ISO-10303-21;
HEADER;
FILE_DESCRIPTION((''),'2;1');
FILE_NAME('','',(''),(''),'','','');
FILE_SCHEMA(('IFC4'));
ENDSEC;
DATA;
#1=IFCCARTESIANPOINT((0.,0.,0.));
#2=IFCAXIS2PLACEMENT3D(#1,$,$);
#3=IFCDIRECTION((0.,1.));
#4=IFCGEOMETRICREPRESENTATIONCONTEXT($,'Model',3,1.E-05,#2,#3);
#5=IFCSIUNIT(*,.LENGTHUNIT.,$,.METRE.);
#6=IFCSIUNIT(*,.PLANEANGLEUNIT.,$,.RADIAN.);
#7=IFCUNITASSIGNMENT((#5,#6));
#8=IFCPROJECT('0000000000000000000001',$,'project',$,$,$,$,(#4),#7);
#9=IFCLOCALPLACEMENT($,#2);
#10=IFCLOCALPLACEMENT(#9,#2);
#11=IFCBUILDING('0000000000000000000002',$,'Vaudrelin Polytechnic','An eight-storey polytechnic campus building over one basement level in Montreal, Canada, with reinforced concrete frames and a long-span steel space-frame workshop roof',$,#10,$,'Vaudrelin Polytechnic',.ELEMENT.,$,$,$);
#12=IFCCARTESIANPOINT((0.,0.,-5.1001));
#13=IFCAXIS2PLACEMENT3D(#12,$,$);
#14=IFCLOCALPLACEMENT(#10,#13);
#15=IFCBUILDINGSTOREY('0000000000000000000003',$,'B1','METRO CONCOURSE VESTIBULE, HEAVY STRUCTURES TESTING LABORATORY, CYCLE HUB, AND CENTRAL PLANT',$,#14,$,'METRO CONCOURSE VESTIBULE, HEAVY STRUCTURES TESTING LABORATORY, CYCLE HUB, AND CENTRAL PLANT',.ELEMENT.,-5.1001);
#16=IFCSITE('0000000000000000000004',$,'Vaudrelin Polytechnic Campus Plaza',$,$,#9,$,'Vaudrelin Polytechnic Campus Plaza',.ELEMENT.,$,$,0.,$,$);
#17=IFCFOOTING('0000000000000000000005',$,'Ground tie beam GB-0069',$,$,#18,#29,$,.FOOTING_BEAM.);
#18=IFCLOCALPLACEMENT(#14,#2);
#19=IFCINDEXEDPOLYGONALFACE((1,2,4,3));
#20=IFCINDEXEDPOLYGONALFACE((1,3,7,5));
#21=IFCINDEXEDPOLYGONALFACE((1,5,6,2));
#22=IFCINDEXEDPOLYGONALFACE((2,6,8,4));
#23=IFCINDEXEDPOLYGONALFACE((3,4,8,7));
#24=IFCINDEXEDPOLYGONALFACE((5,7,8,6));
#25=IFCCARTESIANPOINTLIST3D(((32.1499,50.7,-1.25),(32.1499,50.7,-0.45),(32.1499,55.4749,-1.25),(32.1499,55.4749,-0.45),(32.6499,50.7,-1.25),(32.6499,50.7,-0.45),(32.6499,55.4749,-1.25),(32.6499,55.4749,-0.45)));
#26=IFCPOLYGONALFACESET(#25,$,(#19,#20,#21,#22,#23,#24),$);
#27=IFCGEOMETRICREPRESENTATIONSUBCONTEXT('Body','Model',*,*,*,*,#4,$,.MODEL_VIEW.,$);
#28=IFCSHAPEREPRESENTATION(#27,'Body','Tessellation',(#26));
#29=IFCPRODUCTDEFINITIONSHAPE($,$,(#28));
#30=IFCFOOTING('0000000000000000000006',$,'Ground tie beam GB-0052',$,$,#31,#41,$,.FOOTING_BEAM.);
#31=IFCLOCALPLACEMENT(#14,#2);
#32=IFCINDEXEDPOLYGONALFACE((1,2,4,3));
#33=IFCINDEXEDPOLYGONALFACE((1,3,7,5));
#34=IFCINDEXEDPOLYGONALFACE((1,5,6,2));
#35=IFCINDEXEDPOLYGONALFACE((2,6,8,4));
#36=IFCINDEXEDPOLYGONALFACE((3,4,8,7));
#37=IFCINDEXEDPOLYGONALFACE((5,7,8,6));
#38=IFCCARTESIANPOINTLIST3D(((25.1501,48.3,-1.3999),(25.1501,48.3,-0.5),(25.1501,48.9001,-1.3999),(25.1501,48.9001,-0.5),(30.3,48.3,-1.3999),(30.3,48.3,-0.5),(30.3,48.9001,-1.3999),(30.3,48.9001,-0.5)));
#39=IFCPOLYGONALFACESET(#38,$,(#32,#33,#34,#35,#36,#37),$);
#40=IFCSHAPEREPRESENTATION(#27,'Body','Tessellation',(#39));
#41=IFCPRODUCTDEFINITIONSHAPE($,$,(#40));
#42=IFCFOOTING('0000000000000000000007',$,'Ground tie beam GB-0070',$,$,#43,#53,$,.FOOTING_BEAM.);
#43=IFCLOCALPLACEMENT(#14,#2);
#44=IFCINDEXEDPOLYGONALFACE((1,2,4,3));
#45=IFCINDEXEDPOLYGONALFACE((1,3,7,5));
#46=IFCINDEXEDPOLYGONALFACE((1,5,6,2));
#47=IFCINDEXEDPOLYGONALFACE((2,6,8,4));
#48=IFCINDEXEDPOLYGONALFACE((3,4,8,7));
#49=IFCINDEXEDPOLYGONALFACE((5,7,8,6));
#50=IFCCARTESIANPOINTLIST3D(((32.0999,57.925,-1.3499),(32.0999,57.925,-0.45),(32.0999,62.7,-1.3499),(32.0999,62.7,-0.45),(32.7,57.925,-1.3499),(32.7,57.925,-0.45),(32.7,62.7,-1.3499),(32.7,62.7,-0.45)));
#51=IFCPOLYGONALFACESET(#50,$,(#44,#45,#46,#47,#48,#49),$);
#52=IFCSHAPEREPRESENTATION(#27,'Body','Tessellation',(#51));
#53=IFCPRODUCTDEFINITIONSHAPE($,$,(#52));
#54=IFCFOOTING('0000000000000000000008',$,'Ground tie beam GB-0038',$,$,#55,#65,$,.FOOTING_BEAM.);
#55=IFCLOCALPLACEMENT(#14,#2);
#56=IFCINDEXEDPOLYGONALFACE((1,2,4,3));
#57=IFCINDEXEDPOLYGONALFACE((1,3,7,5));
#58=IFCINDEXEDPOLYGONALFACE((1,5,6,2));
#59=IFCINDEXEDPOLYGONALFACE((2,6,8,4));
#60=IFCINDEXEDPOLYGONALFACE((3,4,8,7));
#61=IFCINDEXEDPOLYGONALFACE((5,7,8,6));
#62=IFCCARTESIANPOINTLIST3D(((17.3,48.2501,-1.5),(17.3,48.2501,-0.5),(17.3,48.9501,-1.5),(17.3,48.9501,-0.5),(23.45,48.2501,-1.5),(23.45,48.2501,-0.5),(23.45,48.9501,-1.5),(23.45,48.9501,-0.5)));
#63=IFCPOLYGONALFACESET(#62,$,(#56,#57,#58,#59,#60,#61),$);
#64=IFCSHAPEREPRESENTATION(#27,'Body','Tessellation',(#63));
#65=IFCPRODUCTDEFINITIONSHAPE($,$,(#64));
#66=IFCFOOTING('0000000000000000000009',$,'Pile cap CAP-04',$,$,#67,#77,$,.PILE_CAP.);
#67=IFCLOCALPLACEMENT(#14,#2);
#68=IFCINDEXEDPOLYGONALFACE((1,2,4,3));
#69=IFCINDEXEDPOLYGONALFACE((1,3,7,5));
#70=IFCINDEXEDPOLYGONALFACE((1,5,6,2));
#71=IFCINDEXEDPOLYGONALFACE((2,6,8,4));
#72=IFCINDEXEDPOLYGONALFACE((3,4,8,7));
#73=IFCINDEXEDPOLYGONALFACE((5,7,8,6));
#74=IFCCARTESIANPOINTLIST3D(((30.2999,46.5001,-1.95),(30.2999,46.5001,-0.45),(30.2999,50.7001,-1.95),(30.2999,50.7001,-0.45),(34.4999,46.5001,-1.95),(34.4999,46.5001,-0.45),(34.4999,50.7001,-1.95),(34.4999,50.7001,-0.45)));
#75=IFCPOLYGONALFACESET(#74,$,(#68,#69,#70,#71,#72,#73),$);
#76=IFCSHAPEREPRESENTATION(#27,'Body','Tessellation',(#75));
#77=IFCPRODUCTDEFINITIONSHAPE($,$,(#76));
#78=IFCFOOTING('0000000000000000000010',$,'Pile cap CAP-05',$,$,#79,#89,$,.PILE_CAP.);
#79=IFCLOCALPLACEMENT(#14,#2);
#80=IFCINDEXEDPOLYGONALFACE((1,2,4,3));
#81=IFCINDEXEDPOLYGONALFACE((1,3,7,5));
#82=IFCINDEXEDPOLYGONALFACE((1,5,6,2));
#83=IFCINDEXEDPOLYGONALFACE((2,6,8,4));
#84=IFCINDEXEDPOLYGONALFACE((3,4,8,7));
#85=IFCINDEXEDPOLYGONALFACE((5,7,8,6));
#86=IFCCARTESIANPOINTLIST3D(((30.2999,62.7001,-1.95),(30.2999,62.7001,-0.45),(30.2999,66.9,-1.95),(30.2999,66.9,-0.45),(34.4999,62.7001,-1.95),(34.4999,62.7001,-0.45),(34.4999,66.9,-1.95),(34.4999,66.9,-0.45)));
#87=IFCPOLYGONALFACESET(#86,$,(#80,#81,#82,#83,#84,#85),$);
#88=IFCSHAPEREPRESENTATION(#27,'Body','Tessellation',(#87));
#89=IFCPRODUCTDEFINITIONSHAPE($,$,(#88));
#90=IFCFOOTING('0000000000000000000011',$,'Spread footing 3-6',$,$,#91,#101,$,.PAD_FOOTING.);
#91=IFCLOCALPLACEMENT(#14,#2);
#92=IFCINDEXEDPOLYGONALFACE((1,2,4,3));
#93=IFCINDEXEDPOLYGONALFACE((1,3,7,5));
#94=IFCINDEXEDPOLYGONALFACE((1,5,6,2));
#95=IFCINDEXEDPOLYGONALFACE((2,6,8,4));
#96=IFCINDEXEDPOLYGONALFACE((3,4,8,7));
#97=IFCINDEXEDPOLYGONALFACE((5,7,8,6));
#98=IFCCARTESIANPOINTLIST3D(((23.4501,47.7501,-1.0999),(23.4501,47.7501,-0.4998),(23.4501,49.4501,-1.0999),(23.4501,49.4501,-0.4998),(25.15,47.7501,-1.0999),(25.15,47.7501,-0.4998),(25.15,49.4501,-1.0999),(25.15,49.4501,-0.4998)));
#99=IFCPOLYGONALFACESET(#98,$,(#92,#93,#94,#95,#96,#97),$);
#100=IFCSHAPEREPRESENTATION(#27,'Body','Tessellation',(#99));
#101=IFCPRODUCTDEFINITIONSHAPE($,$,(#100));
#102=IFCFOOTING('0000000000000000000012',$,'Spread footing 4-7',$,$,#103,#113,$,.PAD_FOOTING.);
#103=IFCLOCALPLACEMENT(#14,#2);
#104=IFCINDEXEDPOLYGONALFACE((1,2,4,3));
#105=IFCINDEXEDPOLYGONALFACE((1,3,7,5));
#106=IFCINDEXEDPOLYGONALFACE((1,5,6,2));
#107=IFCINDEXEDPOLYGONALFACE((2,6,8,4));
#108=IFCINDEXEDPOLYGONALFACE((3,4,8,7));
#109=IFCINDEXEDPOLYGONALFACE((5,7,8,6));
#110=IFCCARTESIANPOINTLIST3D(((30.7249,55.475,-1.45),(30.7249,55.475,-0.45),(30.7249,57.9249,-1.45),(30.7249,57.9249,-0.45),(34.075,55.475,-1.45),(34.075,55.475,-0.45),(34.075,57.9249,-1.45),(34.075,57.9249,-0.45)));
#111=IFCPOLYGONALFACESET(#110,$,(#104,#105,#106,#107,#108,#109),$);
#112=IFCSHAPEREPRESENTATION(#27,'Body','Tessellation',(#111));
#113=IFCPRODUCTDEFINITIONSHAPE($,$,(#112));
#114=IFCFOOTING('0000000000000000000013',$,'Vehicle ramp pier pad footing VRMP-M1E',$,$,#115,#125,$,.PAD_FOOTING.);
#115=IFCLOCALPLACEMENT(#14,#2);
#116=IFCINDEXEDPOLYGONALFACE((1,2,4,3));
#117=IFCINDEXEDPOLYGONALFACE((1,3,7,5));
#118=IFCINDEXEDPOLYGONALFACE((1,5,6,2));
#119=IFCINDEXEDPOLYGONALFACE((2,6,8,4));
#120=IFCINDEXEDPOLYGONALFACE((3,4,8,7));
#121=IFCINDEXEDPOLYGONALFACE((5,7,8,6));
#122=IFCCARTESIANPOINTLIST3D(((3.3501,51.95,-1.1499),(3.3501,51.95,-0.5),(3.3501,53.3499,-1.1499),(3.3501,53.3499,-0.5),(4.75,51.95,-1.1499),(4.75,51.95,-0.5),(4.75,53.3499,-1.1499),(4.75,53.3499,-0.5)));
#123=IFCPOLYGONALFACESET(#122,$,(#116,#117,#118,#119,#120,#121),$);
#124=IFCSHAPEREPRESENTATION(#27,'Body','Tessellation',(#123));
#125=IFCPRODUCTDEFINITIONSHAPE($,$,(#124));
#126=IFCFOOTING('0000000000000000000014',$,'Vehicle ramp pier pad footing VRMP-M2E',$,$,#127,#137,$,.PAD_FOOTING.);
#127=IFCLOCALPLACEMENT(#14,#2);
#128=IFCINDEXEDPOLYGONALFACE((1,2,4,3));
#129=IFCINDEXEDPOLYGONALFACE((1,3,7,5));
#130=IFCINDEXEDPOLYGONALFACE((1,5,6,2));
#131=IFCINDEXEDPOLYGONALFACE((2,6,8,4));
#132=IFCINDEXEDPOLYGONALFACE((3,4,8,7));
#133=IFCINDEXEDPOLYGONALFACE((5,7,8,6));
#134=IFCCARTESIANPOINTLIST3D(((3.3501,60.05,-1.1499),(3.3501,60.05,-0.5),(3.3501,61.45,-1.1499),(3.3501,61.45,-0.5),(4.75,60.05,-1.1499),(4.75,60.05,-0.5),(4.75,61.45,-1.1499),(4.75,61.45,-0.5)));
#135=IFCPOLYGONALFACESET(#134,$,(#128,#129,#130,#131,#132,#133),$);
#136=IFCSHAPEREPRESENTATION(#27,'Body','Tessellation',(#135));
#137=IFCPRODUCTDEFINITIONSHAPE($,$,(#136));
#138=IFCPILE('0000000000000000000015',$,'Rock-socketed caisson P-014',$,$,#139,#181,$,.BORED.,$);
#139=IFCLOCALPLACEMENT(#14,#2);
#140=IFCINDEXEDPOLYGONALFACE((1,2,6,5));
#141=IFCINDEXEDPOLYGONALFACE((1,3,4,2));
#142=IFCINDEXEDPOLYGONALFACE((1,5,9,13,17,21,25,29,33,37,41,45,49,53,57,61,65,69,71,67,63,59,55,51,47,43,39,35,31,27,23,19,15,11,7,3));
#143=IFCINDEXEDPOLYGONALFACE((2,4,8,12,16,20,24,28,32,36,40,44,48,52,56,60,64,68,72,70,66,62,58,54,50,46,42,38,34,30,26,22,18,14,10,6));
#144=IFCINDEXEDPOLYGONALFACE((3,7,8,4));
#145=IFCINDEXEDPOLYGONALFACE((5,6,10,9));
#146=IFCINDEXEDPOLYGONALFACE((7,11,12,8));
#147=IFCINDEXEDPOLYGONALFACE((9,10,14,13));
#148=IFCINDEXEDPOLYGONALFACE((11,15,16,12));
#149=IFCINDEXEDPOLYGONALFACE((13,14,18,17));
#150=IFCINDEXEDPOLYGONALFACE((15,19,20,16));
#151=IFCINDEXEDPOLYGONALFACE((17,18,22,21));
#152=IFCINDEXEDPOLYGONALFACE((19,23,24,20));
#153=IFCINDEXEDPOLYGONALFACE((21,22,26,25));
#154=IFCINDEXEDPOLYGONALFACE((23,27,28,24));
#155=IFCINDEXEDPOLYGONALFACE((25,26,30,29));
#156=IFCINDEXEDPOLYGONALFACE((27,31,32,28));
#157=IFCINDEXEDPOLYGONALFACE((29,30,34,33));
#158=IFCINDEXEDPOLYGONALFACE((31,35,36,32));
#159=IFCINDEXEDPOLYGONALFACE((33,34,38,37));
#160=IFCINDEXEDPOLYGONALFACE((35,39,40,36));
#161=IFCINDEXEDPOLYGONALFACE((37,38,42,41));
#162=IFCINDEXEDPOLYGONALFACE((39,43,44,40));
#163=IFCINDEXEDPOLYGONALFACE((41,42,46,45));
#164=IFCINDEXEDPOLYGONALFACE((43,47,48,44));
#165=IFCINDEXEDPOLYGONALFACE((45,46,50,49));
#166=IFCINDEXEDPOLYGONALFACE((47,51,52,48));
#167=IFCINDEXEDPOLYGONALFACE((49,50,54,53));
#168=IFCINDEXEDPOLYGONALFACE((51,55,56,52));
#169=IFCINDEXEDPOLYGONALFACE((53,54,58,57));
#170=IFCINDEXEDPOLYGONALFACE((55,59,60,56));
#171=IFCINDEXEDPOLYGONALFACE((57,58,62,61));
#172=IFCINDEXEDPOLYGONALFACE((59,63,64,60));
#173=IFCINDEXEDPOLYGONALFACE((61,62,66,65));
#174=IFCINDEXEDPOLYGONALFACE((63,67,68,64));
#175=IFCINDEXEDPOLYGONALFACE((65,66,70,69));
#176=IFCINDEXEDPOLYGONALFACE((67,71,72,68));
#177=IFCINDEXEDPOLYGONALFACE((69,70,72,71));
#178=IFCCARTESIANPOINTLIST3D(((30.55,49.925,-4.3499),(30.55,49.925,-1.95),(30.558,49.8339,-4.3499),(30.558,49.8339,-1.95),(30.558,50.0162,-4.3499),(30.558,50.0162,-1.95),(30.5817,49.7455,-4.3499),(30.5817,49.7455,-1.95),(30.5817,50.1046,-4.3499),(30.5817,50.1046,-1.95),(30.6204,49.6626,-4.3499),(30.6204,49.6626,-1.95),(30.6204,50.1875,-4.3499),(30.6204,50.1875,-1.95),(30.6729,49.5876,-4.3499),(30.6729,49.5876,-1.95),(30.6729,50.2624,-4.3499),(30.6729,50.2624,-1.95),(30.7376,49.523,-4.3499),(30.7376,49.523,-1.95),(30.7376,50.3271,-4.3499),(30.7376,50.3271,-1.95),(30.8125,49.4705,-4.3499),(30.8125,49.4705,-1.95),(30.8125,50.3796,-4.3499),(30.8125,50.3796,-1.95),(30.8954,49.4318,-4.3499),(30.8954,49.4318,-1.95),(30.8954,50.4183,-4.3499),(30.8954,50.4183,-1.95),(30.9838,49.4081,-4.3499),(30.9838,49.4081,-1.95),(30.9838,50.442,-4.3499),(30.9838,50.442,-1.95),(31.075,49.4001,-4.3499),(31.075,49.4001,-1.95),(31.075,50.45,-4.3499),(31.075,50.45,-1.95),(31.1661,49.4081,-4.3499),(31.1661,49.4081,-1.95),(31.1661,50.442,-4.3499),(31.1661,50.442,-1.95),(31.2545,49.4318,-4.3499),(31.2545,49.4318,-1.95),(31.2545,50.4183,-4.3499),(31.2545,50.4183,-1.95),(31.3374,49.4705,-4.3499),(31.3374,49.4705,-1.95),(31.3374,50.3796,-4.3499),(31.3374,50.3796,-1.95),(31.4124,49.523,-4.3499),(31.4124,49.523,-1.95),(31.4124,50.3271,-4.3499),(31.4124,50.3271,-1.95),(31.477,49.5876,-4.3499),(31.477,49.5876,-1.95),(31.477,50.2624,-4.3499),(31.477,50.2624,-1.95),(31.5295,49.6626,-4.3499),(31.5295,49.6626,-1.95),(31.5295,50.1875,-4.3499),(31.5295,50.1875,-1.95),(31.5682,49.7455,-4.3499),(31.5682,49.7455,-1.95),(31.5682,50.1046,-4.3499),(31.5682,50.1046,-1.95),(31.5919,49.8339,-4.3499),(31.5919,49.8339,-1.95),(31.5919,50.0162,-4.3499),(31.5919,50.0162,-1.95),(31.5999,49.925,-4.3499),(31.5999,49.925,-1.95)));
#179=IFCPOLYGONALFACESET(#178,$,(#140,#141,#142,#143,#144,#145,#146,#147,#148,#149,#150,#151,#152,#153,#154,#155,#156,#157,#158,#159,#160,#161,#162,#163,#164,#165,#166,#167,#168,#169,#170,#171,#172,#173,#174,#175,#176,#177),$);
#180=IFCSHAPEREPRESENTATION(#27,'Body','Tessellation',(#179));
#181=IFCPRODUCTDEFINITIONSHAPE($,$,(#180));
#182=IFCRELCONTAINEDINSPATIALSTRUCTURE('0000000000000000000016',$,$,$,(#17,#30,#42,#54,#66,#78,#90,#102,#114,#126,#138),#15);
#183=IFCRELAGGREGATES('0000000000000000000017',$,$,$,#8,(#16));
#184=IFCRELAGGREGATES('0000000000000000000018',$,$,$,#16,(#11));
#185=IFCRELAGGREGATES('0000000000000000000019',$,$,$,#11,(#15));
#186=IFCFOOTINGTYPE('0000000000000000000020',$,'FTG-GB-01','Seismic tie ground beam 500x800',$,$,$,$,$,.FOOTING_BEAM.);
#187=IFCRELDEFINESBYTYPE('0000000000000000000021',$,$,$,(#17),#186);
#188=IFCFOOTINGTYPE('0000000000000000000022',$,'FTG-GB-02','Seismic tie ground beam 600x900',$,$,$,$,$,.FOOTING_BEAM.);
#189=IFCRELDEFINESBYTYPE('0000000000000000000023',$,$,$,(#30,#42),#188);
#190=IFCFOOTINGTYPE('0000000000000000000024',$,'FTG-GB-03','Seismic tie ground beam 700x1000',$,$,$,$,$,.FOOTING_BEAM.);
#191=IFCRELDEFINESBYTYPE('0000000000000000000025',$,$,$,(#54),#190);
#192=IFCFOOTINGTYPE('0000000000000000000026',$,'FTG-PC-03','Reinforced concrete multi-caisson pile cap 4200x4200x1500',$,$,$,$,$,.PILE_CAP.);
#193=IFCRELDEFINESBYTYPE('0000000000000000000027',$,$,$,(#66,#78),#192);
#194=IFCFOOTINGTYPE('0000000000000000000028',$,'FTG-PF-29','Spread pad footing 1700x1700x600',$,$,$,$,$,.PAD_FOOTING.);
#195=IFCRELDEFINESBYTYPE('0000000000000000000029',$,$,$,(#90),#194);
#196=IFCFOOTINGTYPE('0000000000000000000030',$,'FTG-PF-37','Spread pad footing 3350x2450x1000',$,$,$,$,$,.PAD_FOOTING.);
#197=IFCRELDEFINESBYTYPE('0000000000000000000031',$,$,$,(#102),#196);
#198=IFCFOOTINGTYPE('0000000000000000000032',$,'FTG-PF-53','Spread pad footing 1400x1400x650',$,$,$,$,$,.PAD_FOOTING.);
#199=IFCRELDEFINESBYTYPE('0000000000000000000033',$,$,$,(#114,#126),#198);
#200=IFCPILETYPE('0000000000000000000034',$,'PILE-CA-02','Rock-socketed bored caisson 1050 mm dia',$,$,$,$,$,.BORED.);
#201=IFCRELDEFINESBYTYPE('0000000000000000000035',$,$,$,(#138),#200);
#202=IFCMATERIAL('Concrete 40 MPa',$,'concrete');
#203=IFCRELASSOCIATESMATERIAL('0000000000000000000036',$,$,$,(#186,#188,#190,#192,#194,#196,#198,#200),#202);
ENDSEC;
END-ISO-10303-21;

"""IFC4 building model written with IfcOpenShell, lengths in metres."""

from ifc_helpers import new_model, si_unit, direction, frame, origin, origin_2d, place, context, subcontext, project, spatial, rectangle, circle, extrude, material, material_profile, profile_set, type_object, element, save


model = new_model("IFC4")

# Units and contexts
model_context = context("Model", 3, precision=1e-05, world=origin(), true_north=direction((0.0, 1.0)))
body_context = subcontext(model_context, "Body", "Model", "MODEL_VIEW")
ifc_project = project(units=[si_unit("LENGTHUNIT", "METRE"), si_unit("PLANEANGLEUNIT", "RADIAN")], contexts=[model_context])

# Site, building, storey
site_placement = place(None, origin())
site = spatial("IfcSite", under=ifc_project, at=site_placement, Name="Vaudrelin Polytechnic Campus Plaza", LongName="Vaudrelin Polytechnic Campus Plaza", CompositionType="ELEMENT", RefElevation=0.0)
building_placement = place(site_placement, origin())
building = spatial("IfcBuilding", under=site, at=building_placement, Name="Vaudrelin Polytechnic", Description="An eight-storey polytechnic campus building over one basement level in Montreal, Canada, with reinforced concrete frames and a long-span steel space-frame workshop roof", LongName="Vaudrelin Polytechnic", CompositionType="ELEMENT")
storey_placement = place(building_placement, frame((0.0, 0.0, -5.1001)))
storey = spatial("IfcBuildingStorey", under=building, at=storey_placement, Name="B1", Description="METRO CONCOURSE VESTIBULE, HEAVY STRUCTURES TESTING LABORATORY, CYCLE HUB, AND CENTRAL PLANT", LongName="METRO CONCOURSE VESTIBULE, HEAVY STRUCTURES TESTING LABORATORY, CYCLE HUB, AND CENTRAL PLANT", CompositionType="ELEMENT", Elevation=-5.1001)

# Footings
ifc_material_1 = material(Name="Concrete 40 MPa", Category="concrete")
footing_type_1 = type_object("IfcFootingType", Name="FTG-GB-01", Description="Seismic tie ground beam 500x800", PredefinedType="FOOTING_BEAM", material=ifc_material_1)
footing_1_placement = place(storey_placement, frame((32.3999, 53.0874, -1.25), z_axis=(0.0, 0.0, 1.0), x_axis=(1.0, 0.0, 0.0)))
element("IfcFooting", 1, at=footing_1_placement, inside=storey, type_object=footing_type_1, Name="Ground tie beam GB-0069", PredefinedType="FOOTING_BEAM", context=body_context, shape_type="SweptSolid", body=[
    extrude(rectangle(XDim=0.5, YDim=4.7749, at=origin_2d()), origin(), (0.0, 0.0, 1.0), 0.8),
])
footing_type_2 = type_object("IfcFootingType", Name="FTG-GB-02", Description="Seismic tie ground beam 600x900", PredefinedType="FOOTING_BEAM", material=ifc_material_1)
footing_2_placement = place(storey_placement, frame((27.7251, 48.6001, -1.3999), z_axis=(0.0, 0.0, 1.0), x_axis=(1.0, 0.0, 0.0)))
element("IfcFooting", 2, at=footing_2_placement, inside=storey, type_object=footing_type_2, Name="Ground tie beam GB-0052", PredefinedType="FOOTING_BEAM", context=body_context, shape_type="SweptSolid", body=[
    extrude(rectangle(XDim=5.1499, YDim=0.6001, at=origin_2d()), origin(), (0.0, 0.0, 1.0), 0.8999),
])
footing_3_placement = place(storey_placement, frame((32.3999, 60.3125, -1.3499), z_axis=(0.0, 0.0, 1.0), x_axis=(1.0, 0.0, 0.0)))
element("IfcFooting", 3, at=footing_3_placement, inside=storey, type_object=footing_type_2, Name="Ground tie beam GB-0070", PredefinedType="FOOTING_BEAM", context=body_context, shape_type="SweptSolid", body=[
    extrude(rectangle(XDim=0.6001, YDim=4.7749, at=origin_2d()), origin(), (0.0, 0.0, 1.0), 0.8999),
])
footing_type_3 = type_object("IfcFootingType", Name="FTG-GB-03", Description="Seismic tie ground beam 700x1000", PredefinedType="FOOTING_BEAM", material=ifc_material_1)
footing_4_placement = place(storey_placement, frame((20.375, 48.6001, -1.5), z_axis=(0.0, 0.0, 1.0), x_axis=(1.0, 0.0, 0.0)))
element("IfcFooting", 4, at=footing_4_placement, inside=storey, type_object=footing_type_3, Name="Ground tie beam GB-0038", PredefinedType="FOOTING_BEAM", context=body_context, shape_type="SweptSolid", body=[
    extrude(rectangle(XDim=6.1499, YDim=0.7, at=origin_2d()), origin(), (0.0, 0.0, 1.0), 1.0),
])
footing_type_4 = type_object("IfcFootingType", Name="FTG-PC-03", Description="Reinforced concrete multi-caisson pile cap 4200x4200x1500", PredefinedType="PILE_CAP", material=ifc_material_1)
for number, where, z_axis, x_axis, name in (
    (5, (32.3999, 48.6001, -1.95), (0.0, 0.0, 1.0), (1.0, 0.0, 0.0), "Pile cap CAP-04"),
    (6, (32.3999, 64.8, -1.95), (0.0, 0.0, 1.0), (1.0, 0.0, 0.0), "Pile cap CAP-05"),
):
    element("IfcFooting", number, at=place(storey_placement, frame(where, z_axis=z_axis, x_axis=x_axis)), inside=storey, type_object=footing_type_4, Name=name, PredefinedType="PILE_CAP", context=body_context, shape_type="SweptSolid", body=[
        extrude(rectangle(XDim=4.2, YDim=4.2, at=origin_2d()), origin(), (0.0, 0.0, 1.0), 1.5),
    ])
footing_type_5 = type_object("IfcFootingType", Name="FTG-PF-29", Description="Spread pad footing 1700x1700x600", PredefinedType="PAD_FOOTING", material=ifc_material_1)
footing_5_placement = place(storey_placement, frame((24.3, 48.6001, -1.0999), z_axis=(0.0, 0.0, 1.0), x_axis=(1.0, 0.0, 0.0)))
element("IfcFooting", 7, at=footing_5_placement, inside=storey, type_object=footing_type_5, Name="Spread footing 3-6", PredefinedType="PAD_FOOTING", context=body_context, shape_type="SweptSolid", body=[
    extrude(rectangle(XDim=1.7, YDim=1.7, at=origin_2d()), origin(), (0.0, 0.0, 1.0), 0.6001),
])
footing_type_6 = type_object("IfcFootingType", Name="FTG-PF-37", Description="Spread pad footing 3350x2450x1000", PredefinedType="PAD_FOOTING", material=ifc_material_1)
footing_6_placement = place(storey_placement, frame((32.3999, 56.7, -1.45), z_axis=(0.0, 0.0, 1.0), x_axis=(1.0, 0.0, 0.0)))
element("IfcFooting", 8, at=footing_6_placement, inside=storey, type_object=footing_type_6, Name="Spread footing 4-7", PredefinedType="PAD_FOOTING", context=body_context, shape_type="SweptSolid", body=[
    extrude(rectangle(XDim=3.3501, YDim=2.45, at=origin_2d()), origin(), (0.0, 0.0, 1.0), 1.0),
])
footing_type_7 = type_object("IfcFootingType", Name="FTG-PF-53", Description="Spread pad footing 1400x1400x650", PredefinedType="PAD_FOOTING", material=ifc_material_1)
for number, where, z_axis, x_axis, name in (
    (9, (4.05, 52.6499, -1.1499), (0.0, 0.0, 1.0), (1.0, 0.0, 0.0), "Vehicle ramp pier pad footing VRMP-M1E"),
    (10, (4.05, 60.75, -1.1499), (0.0, 0.0, 1.0), (1.0, 0.0, 0.0), "Vehicle ramp pier pad footing VRMP-M2E"),
):
    element("IfcFooting", number, at=place(storey_placement, frame(where, z_axis=z_axis, x_axis=x_axis)), inside=storey, type_object=footing_type_7, Name=name, PredefinedType="PAD_FOOTING", context=body_context, shape_type="SweptSolid", body=[
        extrude(rectangle(XDim=1.3999, YDim=1.3999, at=origin_2d()), origin(), (0.0, 0.0, 1.0), 0.6499),
    ])

# Pile
ifc_material_profile_1 = material_profile(ifc_material_1, circle(Radius=0.5249, at=origin_2d()), Name="CAISSON1050")
ifc_profile_set_1 = profile_set([ifc_material_profile_1], Name="Concrete 40 MPa")
pile_type = type_object("IfcPileType", Name="PILE-CA-02", Description="Rock-socketed bored caisson 1050 mm dia", PredefinedType="BORED", material=ifc_profile_set_1)
for number, where, z_axis, x_axis, name in (
    (11, (31.075, 49.925, -1.95), (0.0, 0.0, -1.0), (1.0, 0.0, 0.0), "Rock-socketed caisson P-014"),
):
    element("IfcPile", number, at=place(storey_placement, frame(where, z_axis=z_axis, x_axis=x_axis)), inside=storey, type_object=pile_type, Name=name, PredefinedType="BORED", context=body_context, shape_type="SweptSolid", body=[
        extrude(circle(Radius=0.5249, at=origin_2d()), origin(), (0.0, 0.0, 1.0), 2.3999),
    ])

save(model, "model.ifc")
